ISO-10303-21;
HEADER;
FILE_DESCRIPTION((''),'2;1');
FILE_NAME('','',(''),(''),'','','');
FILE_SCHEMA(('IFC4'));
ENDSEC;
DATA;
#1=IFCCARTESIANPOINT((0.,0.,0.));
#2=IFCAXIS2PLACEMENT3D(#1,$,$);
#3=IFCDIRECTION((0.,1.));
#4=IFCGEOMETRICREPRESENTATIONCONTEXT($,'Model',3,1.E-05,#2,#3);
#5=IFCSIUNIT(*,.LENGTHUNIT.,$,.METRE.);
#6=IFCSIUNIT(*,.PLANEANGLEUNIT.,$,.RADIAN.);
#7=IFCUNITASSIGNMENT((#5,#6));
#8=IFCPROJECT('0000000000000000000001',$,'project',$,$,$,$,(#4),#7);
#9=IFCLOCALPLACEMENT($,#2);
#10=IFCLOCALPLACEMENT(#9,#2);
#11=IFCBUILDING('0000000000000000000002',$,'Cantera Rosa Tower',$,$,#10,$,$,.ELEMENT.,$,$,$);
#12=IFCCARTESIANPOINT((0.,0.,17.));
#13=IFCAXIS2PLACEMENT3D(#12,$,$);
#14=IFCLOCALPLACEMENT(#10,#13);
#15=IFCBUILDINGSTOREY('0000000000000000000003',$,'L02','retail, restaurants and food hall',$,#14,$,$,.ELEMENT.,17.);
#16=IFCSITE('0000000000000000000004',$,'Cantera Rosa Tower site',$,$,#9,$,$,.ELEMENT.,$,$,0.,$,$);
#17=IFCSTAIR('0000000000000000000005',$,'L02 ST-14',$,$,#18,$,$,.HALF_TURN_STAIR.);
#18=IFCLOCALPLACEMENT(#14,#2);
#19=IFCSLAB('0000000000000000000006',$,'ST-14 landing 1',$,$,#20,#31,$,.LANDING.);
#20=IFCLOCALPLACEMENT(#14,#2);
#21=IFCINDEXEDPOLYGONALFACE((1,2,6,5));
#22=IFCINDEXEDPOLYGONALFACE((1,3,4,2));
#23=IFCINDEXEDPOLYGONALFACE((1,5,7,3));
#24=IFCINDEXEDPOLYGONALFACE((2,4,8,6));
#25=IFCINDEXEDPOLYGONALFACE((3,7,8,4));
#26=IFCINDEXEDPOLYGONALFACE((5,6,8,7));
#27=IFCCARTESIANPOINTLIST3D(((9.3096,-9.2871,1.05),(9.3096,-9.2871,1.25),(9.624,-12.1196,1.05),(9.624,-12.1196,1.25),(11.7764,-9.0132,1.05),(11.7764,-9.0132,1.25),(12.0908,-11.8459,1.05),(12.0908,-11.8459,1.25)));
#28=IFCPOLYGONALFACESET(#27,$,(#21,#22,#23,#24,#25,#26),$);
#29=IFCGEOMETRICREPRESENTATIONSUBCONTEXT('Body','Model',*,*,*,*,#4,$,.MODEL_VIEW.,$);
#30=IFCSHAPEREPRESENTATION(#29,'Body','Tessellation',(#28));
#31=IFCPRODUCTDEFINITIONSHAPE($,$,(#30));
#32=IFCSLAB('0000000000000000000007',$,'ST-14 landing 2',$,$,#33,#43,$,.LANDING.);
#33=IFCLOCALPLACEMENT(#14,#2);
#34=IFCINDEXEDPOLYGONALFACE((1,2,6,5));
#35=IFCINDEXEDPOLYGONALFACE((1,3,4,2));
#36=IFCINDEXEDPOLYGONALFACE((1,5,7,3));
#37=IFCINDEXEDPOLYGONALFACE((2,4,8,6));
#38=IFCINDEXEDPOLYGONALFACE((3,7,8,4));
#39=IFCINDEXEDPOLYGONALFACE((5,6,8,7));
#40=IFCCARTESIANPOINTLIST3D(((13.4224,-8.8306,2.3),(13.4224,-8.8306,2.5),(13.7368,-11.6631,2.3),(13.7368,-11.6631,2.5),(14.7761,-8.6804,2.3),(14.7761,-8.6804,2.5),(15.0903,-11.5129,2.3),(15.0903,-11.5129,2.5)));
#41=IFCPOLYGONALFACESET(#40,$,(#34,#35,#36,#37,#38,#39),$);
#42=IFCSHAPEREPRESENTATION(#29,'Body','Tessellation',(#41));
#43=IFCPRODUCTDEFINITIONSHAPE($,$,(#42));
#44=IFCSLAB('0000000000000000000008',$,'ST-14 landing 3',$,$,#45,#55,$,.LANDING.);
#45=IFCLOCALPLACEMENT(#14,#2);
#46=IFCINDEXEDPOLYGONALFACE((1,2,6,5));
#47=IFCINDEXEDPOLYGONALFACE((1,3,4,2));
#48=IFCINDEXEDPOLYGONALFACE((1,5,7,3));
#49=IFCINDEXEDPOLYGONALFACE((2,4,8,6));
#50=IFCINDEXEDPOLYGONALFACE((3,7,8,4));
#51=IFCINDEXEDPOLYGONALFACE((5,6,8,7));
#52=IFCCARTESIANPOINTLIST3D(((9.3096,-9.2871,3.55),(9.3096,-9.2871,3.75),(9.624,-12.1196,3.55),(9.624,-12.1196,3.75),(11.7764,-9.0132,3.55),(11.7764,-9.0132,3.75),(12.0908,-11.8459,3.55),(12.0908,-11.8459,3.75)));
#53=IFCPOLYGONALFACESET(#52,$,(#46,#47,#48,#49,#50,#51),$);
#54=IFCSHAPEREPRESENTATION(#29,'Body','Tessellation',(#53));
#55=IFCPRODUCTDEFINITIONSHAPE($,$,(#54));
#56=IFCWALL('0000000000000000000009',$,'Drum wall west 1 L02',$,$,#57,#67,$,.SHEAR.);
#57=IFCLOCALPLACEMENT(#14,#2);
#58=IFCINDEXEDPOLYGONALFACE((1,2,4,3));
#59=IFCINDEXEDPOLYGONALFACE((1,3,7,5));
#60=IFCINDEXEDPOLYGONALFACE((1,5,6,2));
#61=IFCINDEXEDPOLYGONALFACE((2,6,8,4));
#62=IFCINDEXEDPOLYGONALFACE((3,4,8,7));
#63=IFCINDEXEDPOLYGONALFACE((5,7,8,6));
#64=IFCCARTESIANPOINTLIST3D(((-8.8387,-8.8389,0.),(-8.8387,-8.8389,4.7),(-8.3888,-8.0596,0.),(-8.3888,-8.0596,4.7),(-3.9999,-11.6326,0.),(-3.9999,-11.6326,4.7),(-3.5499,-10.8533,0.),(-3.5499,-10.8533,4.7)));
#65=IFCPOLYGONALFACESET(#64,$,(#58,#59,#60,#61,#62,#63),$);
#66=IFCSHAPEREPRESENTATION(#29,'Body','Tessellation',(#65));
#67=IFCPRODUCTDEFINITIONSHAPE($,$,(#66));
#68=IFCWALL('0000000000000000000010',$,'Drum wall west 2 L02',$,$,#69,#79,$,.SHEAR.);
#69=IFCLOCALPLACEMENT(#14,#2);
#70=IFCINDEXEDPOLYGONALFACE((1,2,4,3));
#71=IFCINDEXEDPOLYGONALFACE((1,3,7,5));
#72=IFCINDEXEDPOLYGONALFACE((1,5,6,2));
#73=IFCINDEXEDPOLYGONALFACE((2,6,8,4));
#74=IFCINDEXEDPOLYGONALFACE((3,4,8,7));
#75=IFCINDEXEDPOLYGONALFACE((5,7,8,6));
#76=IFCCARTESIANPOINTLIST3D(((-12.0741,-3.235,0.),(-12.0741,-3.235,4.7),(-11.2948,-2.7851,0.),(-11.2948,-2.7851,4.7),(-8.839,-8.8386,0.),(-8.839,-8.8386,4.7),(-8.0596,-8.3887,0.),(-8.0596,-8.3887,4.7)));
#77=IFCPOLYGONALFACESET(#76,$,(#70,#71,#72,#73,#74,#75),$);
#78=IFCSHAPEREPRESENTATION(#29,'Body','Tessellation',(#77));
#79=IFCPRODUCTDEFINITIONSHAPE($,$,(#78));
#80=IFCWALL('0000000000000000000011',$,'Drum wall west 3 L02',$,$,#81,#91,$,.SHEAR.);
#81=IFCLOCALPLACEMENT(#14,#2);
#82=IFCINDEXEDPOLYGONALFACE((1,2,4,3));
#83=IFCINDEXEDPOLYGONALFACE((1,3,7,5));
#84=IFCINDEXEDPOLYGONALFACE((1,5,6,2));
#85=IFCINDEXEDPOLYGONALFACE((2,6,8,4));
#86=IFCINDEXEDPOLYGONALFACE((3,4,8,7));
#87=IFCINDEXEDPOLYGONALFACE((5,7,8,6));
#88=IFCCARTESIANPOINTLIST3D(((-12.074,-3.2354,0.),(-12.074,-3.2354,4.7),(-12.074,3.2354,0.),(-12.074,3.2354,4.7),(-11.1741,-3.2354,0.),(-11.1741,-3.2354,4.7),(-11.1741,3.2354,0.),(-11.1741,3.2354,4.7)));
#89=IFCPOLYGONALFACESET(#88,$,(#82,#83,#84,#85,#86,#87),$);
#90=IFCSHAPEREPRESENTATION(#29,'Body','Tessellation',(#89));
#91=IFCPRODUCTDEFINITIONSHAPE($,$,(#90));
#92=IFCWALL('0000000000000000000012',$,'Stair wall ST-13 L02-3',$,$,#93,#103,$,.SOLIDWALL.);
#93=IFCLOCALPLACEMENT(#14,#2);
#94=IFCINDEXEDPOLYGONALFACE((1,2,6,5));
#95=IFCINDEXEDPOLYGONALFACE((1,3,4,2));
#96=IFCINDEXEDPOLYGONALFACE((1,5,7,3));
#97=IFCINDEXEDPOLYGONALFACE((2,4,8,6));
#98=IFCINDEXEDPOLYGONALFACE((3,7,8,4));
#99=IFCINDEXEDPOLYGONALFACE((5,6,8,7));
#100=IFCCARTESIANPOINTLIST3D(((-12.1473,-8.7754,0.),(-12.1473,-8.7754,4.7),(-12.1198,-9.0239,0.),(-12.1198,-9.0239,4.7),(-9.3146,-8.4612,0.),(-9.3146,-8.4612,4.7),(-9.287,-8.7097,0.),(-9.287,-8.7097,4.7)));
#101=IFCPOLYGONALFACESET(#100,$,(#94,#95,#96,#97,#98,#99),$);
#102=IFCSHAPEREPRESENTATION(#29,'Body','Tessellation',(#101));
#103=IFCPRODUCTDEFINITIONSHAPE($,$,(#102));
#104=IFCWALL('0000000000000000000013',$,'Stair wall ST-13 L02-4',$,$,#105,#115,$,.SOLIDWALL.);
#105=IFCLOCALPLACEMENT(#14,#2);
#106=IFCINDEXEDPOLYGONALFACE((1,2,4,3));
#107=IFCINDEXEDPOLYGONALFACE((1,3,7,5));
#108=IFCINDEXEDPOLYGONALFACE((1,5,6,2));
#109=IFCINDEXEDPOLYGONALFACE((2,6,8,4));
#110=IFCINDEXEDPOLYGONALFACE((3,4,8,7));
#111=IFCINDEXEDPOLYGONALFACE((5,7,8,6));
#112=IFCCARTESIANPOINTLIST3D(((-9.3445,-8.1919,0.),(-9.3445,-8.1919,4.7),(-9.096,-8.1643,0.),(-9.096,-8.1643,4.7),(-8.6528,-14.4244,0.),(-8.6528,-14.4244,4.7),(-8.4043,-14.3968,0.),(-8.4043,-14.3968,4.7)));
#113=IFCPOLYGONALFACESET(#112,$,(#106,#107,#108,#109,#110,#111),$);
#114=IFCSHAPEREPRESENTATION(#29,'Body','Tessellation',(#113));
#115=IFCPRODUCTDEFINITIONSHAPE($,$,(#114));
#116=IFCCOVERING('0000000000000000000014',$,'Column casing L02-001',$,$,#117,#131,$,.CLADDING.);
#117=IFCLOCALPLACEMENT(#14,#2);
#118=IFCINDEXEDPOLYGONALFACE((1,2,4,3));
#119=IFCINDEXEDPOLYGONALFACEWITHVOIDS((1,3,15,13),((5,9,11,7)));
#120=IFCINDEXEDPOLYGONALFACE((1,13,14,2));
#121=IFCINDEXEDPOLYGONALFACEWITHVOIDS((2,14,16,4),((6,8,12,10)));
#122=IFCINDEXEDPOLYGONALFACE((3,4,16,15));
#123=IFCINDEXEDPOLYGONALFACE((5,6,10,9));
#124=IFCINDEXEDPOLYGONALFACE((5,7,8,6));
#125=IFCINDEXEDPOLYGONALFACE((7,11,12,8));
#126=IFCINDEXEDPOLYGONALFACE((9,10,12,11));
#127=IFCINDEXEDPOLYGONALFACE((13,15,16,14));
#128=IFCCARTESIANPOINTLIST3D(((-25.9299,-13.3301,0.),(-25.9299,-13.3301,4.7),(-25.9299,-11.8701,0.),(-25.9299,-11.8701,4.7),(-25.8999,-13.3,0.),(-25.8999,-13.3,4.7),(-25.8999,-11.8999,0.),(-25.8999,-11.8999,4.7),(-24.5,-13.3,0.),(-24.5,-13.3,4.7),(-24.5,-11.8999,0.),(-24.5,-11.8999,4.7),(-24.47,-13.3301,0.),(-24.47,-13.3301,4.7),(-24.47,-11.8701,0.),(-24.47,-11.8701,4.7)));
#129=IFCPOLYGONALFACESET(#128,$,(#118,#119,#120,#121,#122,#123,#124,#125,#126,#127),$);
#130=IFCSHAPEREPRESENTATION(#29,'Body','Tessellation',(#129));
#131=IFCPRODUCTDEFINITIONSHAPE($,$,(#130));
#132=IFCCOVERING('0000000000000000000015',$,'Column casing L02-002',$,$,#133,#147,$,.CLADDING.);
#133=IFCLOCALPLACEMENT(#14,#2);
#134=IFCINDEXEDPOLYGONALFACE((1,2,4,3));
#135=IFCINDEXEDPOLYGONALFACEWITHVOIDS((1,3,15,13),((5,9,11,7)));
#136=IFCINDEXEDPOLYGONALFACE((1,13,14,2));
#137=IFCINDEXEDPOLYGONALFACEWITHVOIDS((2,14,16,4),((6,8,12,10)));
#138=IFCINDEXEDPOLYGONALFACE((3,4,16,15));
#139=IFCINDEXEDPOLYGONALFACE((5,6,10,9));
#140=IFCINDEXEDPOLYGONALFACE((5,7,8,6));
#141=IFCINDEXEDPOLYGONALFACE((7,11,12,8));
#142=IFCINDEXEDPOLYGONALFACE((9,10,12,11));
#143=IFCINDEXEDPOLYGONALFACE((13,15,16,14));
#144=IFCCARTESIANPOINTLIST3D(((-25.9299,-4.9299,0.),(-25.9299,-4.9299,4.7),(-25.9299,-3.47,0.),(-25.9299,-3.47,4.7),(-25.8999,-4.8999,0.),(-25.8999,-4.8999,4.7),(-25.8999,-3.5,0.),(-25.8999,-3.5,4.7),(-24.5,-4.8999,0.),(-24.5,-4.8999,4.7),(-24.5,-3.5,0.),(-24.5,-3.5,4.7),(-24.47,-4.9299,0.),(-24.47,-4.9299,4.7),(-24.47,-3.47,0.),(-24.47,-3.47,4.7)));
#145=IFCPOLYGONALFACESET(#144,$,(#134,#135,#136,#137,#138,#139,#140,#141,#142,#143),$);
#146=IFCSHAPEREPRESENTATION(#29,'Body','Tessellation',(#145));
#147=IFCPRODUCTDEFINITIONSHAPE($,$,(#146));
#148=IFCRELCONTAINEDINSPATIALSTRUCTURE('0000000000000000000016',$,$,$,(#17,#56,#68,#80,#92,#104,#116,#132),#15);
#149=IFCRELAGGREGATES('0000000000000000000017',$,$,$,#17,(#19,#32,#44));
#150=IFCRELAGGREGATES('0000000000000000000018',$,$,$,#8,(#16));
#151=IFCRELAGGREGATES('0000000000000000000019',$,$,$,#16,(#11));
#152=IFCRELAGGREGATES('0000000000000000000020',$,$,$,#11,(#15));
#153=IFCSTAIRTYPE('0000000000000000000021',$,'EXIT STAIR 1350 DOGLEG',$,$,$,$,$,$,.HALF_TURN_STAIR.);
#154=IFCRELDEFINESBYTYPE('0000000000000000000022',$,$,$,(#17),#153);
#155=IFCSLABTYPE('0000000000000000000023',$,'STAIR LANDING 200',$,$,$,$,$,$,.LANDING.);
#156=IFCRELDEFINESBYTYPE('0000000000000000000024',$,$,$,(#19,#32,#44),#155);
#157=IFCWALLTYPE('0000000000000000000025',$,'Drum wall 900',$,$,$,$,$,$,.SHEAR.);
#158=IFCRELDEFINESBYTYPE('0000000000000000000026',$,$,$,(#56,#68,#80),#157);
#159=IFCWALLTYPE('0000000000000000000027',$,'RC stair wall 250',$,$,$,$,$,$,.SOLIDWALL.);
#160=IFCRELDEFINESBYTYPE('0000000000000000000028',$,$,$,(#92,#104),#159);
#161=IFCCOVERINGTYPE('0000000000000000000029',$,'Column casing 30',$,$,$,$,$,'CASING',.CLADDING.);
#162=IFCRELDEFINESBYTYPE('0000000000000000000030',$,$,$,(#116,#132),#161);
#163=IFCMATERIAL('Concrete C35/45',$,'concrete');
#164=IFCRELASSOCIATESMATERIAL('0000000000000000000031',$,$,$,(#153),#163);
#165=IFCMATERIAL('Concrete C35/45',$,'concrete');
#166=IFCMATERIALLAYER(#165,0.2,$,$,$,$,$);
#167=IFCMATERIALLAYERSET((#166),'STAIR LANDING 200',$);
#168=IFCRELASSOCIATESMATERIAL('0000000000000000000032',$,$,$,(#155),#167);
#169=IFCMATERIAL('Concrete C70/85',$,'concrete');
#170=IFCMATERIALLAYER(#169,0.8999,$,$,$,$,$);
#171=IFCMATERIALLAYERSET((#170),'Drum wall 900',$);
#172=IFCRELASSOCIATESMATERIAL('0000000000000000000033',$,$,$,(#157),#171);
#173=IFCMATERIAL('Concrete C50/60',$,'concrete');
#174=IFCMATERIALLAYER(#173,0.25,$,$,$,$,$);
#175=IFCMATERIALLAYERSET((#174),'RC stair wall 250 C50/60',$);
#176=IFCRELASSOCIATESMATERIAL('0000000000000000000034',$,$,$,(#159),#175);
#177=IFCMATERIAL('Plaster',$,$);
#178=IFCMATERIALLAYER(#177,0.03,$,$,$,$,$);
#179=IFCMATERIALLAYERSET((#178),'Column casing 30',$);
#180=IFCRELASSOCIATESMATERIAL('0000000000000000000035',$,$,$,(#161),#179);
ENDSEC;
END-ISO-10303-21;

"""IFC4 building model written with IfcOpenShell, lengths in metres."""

from ifc_helpers import new_model, si_unit, direction, frame, frame_2d, origin, place, context, subcontext, project, spatial, polyline, rectangle, outline, extrude, material, layer, layer_set, type_object, element, aggregate, save


model = new_model("IFC4")

# Units and contexts
model_context = context("Model", 3, precision=1e-05, world=origin(), true_north=direction((0.0, 1.0)))
body_context = subcontext(model_context, "Body", "Model", "MODEL_VIEW")
ifc_project = project(units=[si_unit("LENGTHUNIT", "METRE"), si_unit("PLANEANGLEUNIT", "RADIAN")], contexts=[model_context])

# Site, building, storey
site_placement = place(None, origin())
site = spatial("IfcSite", under=ifc_project, at=site_placement, Name="Cantera Rosa Tower site", CompositionType="ELEMENT", RefElevation=0.0)
building_placement = place(site_placement, origin())
building = spatial("IfcBuilding", under=site, at=building_placement, Name="Cantera Rosa Tower", CompositionType="ELEMENT")
storey_placement = place(building_placement, frame((0.0, 0.0, 17.0)))
storey = spatial("IfcBuildingStorey", under=building, at=storey_placement, Name="L02", Description="retail, restaurants and food hall", CompositionType="ELEMENT", Elevation=17.0)

# Stair, slabs
ifc_material_1 = material(Name="Concrete C35/45", Category="concrete")
stair_type = type_object("IfcStairType", Name="EXIT STAIR 1350 DOGLEG", PredefinedType="HALF_TURN_STAIR", material=ifc_material_1)
ifc_material_2 = material(Name="Concrete C35/45", Category="concrete")
ifc_layer_1 = layer(ifc_material_2, 0.2)
ifc_layer_set_1 = layer_set([ifc_layer_1], Name="STAIR LANDING 200")
slab_type_1 = type_object("IfcSlabType", Name="STAIR LANDING 200", PredefinedType="LANDING", material=ifc_layer_set_1)
stair_1_placement = place(storey_placement, origin())
stair_1 = element("IfcStair", 1, at=stair_1_placement, inside=storey, type_object=stair_type, Name="L02 ST-14", PredefinedType="HALF_TURN_STAIR")
slab_1_placement = place(storey_placement, frame((0.0, 0.0, 1.05)))
slab_1 = element("IfcSlab", 2, at=slab_1_placement, type_object=slab_type_1, Name="ST-14 landing 1", PredefinedType="LANDING", context=body_context, shape_type="SweptSolid", body=[
    extrude(outline(polyline([(11.7764, -9.0132), (9.3096, -9.2871), (9.624, -12.1196), (12.0908, -11.8459), (11.7764, -9.0132)])), origin(), (0.0, 0.0, 1.0), 0.2),
])
slab_2_placement = place(storey_placement, frame((0.0, 0.0, 2.3)))
slab_2 = element("IfcSlab", 3, at=slab_2_placement, type_object=slab_type_1, Name="ST-14 landing 2", PredefinedType="LANDING", context=body_context, shape_type="SweptSolid", body=[
    extrude(outline(polyline([(14.7761, -8.6804), (13.4224, -8.8306), (13.7368, -11.6631), (15.0903, -11.5129), (14.7761, -8.6804)])), origin(), (0.0, 0.0, 1.0), 0.2),
])
slab_3_placement = place(storey_placement, frame((0.0, 0.0, 3.55)))
slab_3 = element("IfcSlab", 4, at=slab_3_placement, type_object=slab_type_1, Name="ST-14 landing 3", PredefinedType="LANDING", context=body_context, shape_type="SweptSolid", body=[
    extrude(outline(polyline([(11.7764, -9.0132), (9.3096, -9.2871), (9.624, -12.1196), (12.0908, -11.8459), (11.7764, -9.0132)])), origin(), (0.0, 0.0, 1.0), 0.2),
])
aggregate(stair_1, [slab_1, slab_2, slab_3])

# Walls
ifc_material_3 = material(Name="Concrete C70/85", Category="concrete")
ifc_layer_2 = layer(ifc_material_3, 0.8999)
ifc_layer_set_2 = layer_set([ifc_layer_2], Name="Drum wall 900")
wall_type_1 = type_object("IfcWallType", Name="Drum wall 900", PredefinedType="SHEAR", material=ifc_layer_set_2)
wall_1_placement = place(storey_placement, frame((-3.7749, -11.2429, 0.0), z_axis=(0.0, 0.0, 1.0), x_axis=(-0.866027, 0.499997, 0.0)))
element("IfcWall", 5, at=wall_1_placement, inside=storey, type_object=wall_type_1, Name="Drum wall west 1 L02", PredefinedType="SHEAR", context=body_context, shape_type="SweptSolid", body=[
    extrude(rectangle(XDim=5.5874, YDim=0.8999, at=frame_2d((2.7937, 0.0))), origin(), (0.0, 0.0, 1.0), 4.7),
])
wall_2_placement = place(storey_placement, frame((-8.4492, -8.6138, 0.0), z_axis=(0.0, 0.0, 1.0), x_axis=(-0.49999, 0.866031, 0.0)))
element("IfcWall", 6, at=wall_2_placement, inside=storey, type_object=wall_type_1, Name="Drum wall west 2 L02", PredefinedType="SHEAR", context=body_context, shape_type="SweptSolid", body=[
    extrude(rectangle(XDim=6.4705, YDim=0.8999, at=frame_2d((3.2354, 0.0))), origin(), (0.0, 0.0, 1.0), 4.7),
])
wall_3_placement = place(storey_placement, frame((-11.624, -3.2354, 0.0), z_axis=(0.0, 0.0, 1.0), x_axis=(0.0, 1.0, 0.0)))
element("IfcWall", 7, at=wall_3_placement, inside=storey, type_object=wall_type_1, Name="Drum wall west 3 L02", PredefinedType="SHEAR", context=body_context, shape_type="SweptSolid", body=[
    extrude(rectangle(XDim=6.4707, YDim=0.8999, at=frame_2d((3.2354, 0.0))), origin(), (0.0, 0.0, 1.0), 4.7),
])
ifc_material_4 = material(Name="Concrete C50/60", Category="concrete")
ifc_layer_3 = layer(ifc_material_4, 0.25)
ifc_layer_set_3 = layer_set([ifc_layer_3], Name="RC stair wall 250 C50/60")
wall_type_2 = type_object("IfcWallType", Name="RC stair wall 250", PredefinedType="SOLIDWALL", material=ifc_layer_set_3)
wall_4_placement = place(storey_placement, frame((-12.1335, -8.8997, 0.0), z_axis=(0.0, 0.0, 1.0), x_axis=(0.993905, 0.110243, 0.0)))
element("IfcWall", 8, at=wall_4_placement, inside=storey, type_object=wall_type_2, Name="Stair wall ST-13 L02-3", PredefinedType="SOLIDWALL", context=body_context, shape_type="SweptSolid", body=[
    extrude(rectangle(XDim=2.8501, YDim=0.25, at=frame_2d((1.425, 0.0))), origin(), (0.0, 0.0, 1.0), 4.7),
])
wall_5_placement = place(storey_placement, frame((-9.2202, -8.1782, 0.0), z_axis=(0.0, 0.0, 1.0), x_axis=(0.110299, -0.993898, 0.0)))
element("IfcWall", 9, at=wall_5_placement, inside=storey, type_object=wall_type_2, Name="Stair wall ST-13 L02-4", PredefinedType="SOLIDWALL", context=body_context, shape_type="SweptSolid", body=[
    extrude(rectangle(XDim=6.2708, YDim=0.25, at=frame_2d((3.1353, 0.0))), origin(), (0.0, 0.0, 1.0), 4.7),
])

# Coverings
ifc_material_5 = material(Name="Plaster")
ifc_layer_4 = layer(ifc_material_5, 0.03)
ifc_layer_set_4 = layer_set([ifc_layer_4], Name="Column casing 30")
covering_type = type_object("IfcCoveringType", Name="Column casing 30", ElementType="CASING", PredefinedType="CLADDING", material=ifc_layer_set_4)
covering_1_placement = place(storey_placement, origin())
element("IfcCovering", 10, at=covering_1_placement, inside=storey, type_object=covering_type, Name="Column casing L02-001", PredefinedType="CLADDING", context=body_context, shape_type="SweptSolid", body=[
    extrude(outline(polyline([(-25.9299, -13.3301), (-24.47, -13.3301), (-24.47, -11.8701), (-25.9299, -11.8701), (-25.9299, -13.3301)]), holes=[polyline([(-24.5, -11.8999), (-25.8999, -11.8999), (-25.8999, -13.3), (-24.5, -13.3), (-24.5, -11.8999)])]), origin(), (0.0, 0.0, 1.0), 4.7),
])
covering_2_placement = place(storey_placement, origin())
element("IfcCovering", 11, at=covering_2_placement, inside=storey, type_object=covering_type, Name="Column casing L02-002", PredefinedType="CLADDING", context=body_context, shape_type="SweptSolid", body=[
    extrude(outline(polyline([(-25.9299, -4.9299), (-24.47, -4.9299), (-24.47, -3.47), (-25.9299, -3.47), (-25.9299, -4.9299)]), holes=[polyline([(-24.5, -3.5), (-25.8999, -3.5), (-25.8999, -4.8999), (-24.5, -4.8999), (-24.5, -3.5)])]), origin(), (0.0, 0.0, 1.0), 4.7),
])

save(model, "model.ifc")
